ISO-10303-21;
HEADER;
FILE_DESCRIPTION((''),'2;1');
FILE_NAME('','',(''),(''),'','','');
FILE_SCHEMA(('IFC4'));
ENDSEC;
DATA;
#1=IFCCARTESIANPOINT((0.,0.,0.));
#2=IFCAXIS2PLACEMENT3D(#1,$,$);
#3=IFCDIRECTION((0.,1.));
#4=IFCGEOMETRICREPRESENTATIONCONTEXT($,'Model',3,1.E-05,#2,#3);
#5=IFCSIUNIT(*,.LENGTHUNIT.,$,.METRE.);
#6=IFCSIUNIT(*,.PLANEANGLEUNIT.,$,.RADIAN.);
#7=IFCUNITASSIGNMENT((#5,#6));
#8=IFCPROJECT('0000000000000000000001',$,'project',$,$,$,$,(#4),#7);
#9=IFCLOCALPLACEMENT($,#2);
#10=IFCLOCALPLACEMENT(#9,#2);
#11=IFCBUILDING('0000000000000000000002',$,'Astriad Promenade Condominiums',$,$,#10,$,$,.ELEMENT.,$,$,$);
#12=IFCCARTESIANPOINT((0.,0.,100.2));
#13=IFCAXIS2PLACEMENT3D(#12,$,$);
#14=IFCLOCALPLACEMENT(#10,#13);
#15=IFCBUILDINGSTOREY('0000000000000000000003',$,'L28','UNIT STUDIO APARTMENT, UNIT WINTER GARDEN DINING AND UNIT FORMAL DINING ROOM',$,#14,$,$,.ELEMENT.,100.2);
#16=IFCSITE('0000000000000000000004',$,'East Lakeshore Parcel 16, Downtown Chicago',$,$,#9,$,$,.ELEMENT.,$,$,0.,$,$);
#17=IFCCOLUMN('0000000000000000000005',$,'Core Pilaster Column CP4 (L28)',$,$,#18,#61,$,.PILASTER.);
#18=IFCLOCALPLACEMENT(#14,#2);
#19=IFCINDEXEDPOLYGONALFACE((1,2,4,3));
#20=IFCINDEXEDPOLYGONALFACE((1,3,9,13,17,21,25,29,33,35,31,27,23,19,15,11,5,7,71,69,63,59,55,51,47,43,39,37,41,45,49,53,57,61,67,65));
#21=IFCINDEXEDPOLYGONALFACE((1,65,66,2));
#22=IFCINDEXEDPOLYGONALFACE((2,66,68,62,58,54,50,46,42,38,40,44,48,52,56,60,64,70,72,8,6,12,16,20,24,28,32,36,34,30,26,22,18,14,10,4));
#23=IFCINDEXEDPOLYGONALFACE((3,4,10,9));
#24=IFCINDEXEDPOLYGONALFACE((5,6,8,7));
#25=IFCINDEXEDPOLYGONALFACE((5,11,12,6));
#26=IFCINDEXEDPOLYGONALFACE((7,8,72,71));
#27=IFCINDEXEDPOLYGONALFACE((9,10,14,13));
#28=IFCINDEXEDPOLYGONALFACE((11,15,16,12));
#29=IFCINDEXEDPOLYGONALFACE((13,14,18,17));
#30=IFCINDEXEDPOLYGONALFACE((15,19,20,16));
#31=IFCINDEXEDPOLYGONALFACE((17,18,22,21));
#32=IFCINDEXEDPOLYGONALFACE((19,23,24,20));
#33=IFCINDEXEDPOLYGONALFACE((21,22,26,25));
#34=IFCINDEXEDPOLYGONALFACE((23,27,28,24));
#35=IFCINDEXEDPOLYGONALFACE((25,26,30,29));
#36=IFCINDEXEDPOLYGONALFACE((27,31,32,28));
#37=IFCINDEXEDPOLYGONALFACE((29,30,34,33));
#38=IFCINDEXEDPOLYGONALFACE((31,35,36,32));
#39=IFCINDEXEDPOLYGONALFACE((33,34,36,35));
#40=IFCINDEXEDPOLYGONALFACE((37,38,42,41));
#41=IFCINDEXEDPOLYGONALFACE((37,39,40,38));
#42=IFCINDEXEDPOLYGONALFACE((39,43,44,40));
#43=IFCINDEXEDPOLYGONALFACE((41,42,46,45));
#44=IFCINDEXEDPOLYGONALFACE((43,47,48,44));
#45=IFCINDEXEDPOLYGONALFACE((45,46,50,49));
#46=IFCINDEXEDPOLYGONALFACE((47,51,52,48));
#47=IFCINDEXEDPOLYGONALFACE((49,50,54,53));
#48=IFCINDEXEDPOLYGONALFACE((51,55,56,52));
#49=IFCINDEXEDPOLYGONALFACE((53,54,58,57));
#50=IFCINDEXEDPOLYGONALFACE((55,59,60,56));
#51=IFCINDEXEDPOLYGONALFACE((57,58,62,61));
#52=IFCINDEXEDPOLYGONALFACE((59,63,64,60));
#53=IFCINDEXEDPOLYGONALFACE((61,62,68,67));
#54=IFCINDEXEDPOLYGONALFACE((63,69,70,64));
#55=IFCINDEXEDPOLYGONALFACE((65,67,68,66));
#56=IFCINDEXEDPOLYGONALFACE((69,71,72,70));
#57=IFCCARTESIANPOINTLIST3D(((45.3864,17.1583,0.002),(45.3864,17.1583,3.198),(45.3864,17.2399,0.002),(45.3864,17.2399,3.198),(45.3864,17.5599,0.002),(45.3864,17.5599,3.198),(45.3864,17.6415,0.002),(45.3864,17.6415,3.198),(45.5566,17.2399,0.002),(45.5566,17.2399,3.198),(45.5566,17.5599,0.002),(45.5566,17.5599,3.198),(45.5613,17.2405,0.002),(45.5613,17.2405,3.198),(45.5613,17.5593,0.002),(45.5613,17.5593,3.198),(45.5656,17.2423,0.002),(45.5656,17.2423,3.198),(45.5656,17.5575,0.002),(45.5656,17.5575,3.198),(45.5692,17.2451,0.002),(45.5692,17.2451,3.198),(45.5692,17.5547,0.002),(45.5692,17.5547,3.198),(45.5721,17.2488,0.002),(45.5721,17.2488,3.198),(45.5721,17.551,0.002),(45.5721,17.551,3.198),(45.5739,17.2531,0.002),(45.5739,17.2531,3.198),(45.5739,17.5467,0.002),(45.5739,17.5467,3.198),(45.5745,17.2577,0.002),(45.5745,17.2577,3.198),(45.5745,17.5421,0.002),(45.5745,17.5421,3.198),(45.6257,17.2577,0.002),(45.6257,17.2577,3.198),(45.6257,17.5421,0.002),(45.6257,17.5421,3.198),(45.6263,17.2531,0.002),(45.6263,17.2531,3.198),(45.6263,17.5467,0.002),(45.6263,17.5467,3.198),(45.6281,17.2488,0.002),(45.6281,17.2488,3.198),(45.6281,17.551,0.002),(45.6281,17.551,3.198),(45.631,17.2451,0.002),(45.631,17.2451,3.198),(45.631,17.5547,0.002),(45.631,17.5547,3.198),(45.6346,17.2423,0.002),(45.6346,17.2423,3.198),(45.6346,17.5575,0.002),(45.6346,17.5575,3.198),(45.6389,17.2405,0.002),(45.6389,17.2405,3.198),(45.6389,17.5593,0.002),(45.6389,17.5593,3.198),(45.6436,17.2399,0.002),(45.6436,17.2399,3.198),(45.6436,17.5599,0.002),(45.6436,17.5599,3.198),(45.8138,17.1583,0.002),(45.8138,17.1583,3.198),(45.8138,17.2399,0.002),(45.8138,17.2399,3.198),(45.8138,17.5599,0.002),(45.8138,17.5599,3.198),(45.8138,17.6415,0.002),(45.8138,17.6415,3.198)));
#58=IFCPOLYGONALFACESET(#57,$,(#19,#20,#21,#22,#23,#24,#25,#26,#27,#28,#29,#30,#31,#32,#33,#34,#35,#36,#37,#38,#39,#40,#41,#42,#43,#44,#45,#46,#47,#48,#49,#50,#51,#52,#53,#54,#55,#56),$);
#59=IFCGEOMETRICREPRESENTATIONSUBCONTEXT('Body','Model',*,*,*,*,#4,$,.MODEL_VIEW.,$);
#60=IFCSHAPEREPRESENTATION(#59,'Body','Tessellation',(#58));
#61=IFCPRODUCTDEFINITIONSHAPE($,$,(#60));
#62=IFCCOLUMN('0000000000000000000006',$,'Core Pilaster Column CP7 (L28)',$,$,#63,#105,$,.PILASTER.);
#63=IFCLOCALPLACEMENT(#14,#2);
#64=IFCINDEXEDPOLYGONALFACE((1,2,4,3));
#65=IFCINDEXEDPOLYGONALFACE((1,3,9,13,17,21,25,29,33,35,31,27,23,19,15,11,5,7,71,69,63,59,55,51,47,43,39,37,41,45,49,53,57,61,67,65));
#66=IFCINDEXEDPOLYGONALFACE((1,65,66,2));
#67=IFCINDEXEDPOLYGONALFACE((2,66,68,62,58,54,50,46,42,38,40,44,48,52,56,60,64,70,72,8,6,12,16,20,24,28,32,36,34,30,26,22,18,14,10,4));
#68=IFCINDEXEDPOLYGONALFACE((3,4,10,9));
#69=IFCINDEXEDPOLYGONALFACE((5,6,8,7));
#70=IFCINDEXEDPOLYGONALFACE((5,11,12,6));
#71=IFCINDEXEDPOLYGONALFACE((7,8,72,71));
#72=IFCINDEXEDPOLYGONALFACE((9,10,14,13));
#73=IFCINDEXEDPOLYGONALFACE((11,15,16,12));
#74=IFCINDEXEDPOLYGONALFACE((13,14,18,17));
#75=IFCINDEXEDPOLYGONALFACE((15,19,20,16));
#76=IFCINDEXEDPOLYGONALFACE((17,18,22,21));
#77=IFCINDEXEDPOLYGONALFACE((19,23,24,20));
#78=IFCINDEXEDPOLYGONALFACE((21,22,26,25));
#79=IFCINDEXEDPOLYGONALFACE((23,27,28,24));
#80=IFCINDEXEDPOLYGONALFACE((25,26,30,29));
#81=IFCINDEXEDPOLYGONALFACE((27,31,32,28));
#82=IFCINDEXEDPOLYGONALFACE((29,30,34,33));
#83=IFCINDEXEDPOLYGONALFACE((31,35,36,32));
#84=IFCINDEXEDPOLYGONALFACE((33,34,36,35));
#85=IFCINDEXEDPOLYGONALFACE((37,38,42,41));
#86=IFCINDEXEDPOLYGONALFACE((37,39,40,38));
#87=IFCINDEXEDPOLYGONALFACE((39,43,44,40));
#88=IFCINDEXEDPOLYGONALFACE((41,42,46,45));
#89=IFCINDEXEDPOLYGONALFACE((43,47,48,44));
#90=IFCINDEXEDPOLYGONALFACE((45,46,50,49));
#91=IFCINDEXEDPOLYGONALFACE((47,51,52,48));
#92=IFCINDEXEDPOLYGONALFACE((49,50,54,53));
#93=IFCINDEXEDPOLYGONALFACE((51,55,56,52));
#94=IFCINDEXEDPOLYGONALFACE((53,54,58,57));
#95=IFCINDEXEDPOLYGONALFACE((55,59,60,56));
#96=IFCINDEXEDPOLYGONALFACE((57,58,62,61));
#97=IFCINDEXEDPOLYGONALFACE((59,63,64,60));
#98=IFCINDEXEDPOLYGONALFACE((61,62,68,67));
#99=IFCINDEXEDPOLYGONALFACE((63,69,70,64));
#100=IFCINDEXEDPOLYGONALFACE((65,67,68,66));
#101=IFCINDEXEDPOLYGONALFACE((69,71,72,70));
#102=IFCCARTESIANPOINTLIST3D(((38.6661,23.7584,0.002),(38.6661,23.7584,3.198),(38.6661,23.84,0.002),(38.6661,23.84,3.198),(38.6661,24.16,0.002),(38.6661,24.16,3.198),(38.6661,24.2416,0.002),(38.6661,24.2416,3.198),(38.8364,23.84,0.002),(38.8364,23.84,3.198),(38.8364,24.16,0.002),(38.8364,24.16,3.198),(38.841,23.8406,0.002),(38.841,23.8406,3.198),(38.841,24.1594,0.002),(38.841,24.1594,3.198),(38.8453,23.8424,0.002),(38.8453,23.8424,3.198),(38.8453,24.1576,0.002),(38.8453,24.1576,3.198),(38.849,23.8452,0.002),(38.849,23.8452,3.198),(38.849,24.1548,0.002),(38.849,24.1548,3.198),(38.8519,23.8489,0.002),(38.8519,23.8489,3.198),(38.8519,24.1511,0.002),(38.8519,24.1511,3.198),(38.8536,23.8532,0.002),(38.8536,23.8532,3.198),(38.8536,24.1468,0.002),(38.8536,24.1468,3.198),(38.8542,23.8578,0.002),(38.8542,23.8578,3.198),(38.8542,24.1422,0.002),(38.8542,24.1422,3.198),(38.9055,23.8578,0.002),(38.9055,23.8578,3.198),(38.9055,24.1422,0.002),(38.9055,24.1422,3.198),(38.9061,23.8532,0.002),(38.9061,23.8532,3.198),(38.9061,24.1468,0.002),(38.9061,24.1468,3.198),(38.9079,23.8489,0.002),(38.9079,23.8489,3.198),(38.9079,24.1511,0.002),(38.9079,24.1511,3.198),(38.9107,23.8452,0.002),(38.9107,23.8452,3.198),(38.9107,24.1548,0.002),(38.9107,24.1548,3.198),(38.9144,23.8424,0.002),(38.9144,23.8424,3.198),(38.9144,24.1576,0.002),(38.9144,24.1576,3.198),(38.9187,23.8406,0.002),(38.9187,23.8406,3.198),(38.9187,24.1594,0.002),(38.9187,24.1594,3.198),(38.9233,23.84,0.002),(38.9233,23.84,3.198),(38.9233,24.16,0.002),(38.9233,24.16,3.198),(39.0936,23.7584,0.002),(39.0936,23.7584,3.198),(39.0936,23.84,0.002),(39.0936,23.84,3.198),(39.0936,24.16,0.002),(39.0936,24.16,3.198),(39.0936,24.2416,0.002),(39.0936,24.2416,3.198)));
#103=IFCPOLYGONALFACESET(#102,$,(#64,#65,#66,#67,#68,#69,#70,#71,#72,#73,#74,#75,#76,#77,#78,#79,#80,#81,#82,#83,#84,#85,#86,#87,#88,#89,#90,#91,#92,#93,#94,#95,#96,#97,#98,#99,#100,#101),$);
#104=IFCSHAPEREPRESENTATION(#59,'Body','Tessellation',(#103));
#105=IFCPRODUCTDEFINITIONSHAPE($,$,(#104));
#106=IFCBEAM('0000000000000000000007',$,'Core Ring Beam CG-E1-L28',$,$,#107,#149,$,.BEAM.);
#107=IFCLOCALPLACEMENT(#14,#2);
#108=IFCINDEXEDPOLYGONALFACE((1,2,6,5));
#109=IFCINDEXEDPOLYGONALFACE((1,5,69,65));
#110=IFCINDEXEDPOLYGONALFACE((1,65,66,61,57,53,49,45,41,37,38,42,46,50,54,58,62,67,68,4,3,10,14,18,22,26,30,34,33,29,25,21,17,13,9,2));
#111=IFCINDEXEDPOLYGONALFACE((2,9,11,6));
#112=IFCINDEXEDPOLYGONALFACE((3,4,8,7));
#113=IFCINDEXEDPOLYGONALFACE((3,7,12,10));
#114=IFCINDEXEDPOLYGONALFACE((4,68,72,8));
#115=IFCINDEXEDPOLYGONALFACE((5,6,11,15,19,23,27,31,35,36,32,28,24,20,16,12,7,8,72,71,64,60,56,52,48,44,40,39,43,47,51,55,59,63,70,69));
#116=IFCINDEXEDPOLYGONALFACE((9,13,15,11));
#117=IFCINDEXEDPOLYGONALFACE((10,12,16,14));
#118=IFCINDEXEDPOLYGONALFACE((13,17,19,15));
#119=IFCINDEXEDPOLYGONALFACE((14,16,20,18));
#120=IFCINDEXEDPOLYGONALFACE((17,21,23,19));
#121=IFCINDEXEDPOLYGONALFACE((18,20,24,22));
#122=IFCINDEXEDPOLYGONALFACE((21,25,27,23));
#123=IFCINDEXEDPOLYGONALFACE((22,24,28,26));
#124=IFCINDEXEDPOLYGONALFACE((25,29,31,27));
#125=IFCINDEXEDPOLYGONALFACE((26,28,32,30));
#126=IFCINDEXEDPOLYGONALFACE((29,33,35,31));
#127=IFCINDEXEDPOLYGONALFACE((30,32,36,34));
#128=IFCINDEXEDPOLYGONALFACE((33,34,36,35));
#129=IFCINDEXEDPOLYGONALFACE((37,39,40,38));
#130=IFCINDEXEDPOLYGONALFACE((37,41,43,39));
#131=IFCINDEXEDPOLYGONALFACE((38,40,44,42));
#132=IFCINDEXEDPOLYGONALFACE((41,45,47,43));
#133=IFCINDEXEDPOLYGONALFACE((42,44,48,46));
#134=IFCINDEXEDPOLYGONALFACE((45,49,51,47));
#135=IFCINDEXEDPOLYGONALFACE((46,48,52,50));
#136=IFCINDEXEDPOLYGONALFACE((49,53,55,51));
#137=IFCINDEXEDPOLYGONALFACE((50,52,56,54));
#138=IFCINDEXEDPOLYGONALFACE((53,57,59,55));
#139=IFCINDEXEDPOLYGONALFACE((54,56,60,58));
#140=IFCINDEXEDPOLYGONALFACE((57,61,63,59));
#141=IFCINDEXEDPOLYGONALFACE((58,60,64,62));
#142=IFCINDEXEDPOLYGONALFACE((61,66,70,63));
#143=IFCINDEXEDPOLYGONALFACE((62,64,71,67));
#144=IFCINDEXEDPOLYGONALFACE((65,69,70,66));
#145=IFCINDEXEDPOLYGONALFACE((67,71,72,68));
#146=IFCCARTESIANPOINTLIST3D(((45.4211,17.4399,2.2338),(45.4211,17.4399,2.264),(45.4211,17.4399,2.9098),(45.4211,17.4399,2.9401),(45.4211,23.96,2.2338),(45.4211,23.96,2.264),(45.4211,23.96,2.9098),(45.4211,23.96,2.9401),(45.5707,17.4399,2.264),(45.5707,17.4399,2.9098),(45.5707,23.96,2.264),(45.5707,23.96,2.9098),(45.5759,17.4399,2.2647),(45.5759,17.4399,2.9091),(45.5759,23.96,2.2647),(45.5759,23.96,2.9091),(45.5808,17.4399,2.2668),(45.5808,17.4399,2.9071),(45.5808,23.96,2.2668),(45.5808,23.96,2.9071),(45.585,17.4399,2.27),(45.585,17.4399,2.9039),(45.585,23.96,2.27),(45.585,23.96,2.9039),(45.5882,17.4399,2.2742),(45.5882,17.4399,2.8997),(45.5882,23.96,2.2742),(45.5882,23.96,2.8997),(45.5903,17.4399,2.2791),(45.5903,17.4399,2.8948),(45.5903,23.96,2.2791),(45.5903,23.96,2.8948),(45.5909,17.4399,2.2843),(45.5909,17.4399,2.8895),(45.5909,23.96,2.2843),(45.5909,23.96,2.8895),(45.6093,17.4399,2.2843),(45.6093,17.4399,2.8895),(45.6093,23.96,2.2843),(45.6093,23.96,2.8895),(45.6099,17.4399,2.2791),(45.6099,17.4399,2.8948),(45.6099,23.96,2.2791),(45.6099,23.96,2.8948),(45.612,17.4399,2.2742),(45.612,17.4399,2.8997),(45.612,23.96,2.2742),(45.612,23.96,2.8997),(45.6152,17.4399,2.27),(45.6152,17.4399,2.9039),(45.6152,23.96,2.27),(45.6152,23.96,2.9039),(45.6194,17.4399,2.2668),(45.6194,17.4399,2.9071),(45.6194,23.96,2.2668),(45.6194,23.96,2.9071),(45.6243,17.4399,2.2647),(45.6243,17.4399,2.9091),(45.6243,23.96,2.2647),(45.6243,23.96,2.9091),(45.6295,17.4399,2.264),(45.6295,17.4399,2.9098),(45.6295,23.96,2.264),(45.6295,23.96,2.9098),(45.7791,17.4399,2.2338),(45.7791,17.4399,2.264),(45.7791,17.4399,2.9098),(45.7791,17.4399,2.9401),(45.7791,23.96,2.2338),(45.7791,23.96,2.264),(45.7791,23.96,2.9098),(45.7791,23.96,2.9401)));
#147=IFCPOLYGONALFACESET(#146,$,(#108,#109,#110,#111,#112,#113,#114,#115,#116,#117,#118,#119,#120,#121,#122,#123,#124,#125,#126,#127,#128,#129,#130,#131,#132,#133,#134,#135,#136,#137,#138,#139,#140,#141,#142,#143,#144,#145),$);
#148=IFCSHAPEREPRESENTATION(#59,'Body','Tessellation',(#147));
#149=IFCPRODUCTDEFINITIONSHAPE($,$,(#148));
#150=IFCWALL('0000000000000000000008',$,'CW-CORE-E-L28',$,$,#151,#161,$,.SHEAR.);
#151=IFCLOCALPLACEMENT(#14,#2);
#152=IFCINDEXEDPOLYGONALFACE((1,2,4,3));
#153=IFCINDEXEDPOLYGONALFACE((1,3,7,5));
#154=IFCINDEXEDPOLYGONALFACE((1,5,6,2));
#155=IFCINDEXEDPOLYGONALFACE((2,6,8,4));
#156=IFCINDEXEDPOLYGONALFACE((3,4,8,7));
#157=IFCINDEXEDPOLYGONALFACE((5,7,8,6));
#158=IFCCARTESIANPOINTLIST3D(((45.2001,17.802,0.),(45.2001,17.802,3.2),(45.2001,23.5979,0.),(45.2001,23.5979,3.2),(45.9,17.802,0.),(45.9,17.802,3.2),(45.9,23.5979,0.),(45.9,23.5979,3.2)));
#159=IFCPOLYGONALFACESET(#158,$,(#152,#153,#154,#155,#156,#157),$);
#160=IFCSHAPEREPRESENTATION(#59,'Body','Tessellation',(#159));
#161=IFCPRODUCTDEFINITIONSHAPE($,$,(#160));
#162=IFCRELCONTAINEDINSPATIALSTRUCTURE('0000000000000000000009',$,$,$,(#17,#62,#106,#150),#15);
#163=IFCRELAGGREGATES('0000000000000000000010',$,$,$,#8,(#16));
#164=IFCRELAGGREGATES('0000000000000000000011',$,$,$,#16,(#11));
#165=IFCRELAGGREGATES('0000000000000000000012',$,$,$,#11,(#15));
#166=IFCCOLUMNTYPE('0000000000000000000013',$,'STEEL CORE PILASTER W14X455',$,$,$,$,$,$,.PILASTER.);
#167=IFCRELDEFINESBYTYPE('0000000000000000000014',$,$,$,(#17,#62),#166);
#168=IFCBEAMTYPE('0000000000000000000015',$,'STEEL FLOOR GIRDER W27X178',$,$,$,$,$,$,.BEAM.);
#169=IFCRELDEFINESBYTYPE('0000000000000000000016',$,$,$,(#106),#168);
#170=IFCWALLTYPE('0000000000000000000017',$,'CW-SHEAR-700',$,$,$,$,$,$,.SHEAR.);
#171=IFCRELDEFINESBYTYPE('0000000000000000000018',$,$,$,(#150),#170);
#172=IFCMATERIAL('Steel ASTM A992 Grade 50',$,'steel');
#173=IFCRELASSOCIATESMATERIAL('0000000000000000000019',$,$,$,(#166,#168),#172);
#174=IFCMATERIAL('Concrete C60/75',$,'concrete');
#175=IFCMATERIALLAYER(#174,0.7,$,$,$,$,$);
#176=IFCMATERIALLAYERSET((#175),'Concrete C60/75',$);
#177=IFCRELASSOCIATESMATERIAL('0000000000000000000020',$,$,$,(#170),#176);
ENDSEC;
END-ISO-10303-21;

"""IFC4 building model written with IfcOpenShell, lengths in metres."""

from ifc_helpers import new_model, si_unit, direction, frame, frame_2d, origin, origin_2d, place, context, subcontext, project, spatial, rectangle, i_section, extrude, source, transform, mapped, material, layer, layer_set, material_profile, profile_set, type_object, type_shapes, element, save


model = new_model("IFC4")

# Units and contexts
model_context = context("Model", 3, precision=1e-05, world=origin(), true_north=direction((0.0, 1.0)))
body_context = subcontext(model_context, "Body", "Model", "MODEL_VIEW")
ifc_project = project(units=[si_unit("LENGTHUNIT", "METRE"), si_unit("PLANEANGLEUNIT", "RADIAN")], contexts=[model_context])

# Site, building, storey
site_placement = place(None, origin())
site = spatial("IfcSite", under=ifc_project, at=site_placement, Name="East Lakeshore Parcel 16, Downtown Chicago", CompositionType="ELEMENT", RefElevation=0.0)
building_placement = place(site_placement, origin())
building = spatial("IfcBuilding", under=site, at=building_placement, Name="Astriad Promenade Condominiums", CompositionType="ELEMENT")
storey_placement = place(building_placement, frame((0.0, 0.0, 100.2)))
storey = spatial("IfcBuildingStorey", under=building, at=storey_placement, Name="L28", Description="UNIT STUDIO APARTMENT, UNIT WINTER GARDEN DINING AND UNIT FORMAL DINING ROOM", CompositionType="ELEMENT", Elevation=100.2)

# Columns
ifc_material_1 = material(Name="Steel ASTM A992 Grade 50", Category="steel")
ifc_material_profile_1 = material_profile(ifc_material_1, i_section(OverallWidth=0.4275, OverallDepth=0.4832, WebThickness=0.0513, FlangeThickness=0.0815, FilletRadius=0.0178, at=origin_2d()), Name="W14X455")
ifc_profile_set_1 = profile_set([ifc_material_profile_1], Name="Steel ASTM A992 Grade 50")
column_type = type_object("IfcColumnType", Name="STEEL CORE PILASTER W14X455", PredefinedType="PILASTER", material=ifc_profile_set_1)
shared_shape_1 = source(origin(), body_context, "Body", "SweptSolid", [
    extrude(i_section(OverallWidth=0.4275, OverallDepth=0.4832, WebThickness=0.0513, FlangeThickness=0.0815, FilletRadius=0.0178, at=origin_2d()), origin(), (0.0, 0.0, 1.0), 3.196),
])
type_shapes(column_type, [shared_shape_1])
for number, where, z_axis, x_axis, name in (
    (1, (45.6001, 17.3999, 0.002), (0.0, 0.0, 1.0), (1.0, 0.0, 0.0), "Core Pilaster Column CP4 (L28)"),
    (2, (38.8799, 24.0, 0.002), (0.0, 0.0, 1.0), (1.0, 0.0, 0.0), "Core Pilaster Column CP7 (L28)"),
):
    element("IfcColumn", number, at=place(storey_placement, frame(where, z_axis=z_axis, x_axis=x_axis)), inside=storey, type_object=column_type, Name=name, PredefinedType="PILASTER", context=body_context, shape_type="MappedRepresentation", body=[
        mapped(shared_shape_1, transform((0.0, 0.0, 0.0), scale=1.0)),
    ])

# Beam
ifc_material_profile_2 = material_profile(ifc_material_1, i_section(OverallWidth=0.3579, OverallDepth=0.7063, WebThickness=0.0183, FlangeThickness=0.0303, FilletRadius=0.0203, at=origin_2d()), Name="W27X178")
ifc_profile_set_2 = profile_set([ifc_material_profile_2], Name="Steel ASTM A992 Grade 50")
beam_type = type_object("IfcBeamType", Name="STEEL FLOOR GIRDER W27X178", PredefinedType="BEAM", material=ifc_profile_set_2)
shared_shape_2 = source(origin(), body_context, "Body", "SweptSolid", [
    extrude(i_section(OverallWidth=0.3579, OverallDepth=0.7063, WebThickness=0.0183, FlangeThickness=0.0303, FilletRadius=0.0203, at=origin_2d()), origin(), (0.0, 0.0, 1.0), 6.52),
])
type_shapes(beam_type, [shared_shape_2])
beam_placement = place(storey_placement, frame((45.6001, 17.4399, 2.5869), z_axis=(0.0, 1.0, 0.0), x_axis=(-1.0, 0.0, 0.0)))
element("IfcBeam", 3, at=beam_placement, inside=storey, type_object=beam_type, Name="Core Ring Beam CG-E1-L28", PredefinedType="BEAM", context=body_context, shape_type="MappedRepresentation", body=[
    mapped(shared_shape_2, transform((0.0, 0.0, 0.0), scale=1.0)),
])

# Wall
ifc_material_2 = material(Name="Concrete C60/75", Category="concrete")
ifc_layer_1 = layer(ifc_material_2, 0.7)
ifc_layer_set_1 = layer_set([ifc_layer_1], Name="Concrete C60/75")
wall_type_1 = type_object("IfcWallType", Name="CW-SHEAR-700", PredefinedType="SHEAR", material=ifc_layer_set_1)
wall_1_placement = place(storey_placement, frame((45.55, 17.802, 0.0), z_axis=(0.0, 0.0, 1.0), x_axis=(0.0, 1.0, 0.0)))
element("IfcWall", 4, at=wall_1_placement, inside=storey, type_object=wall_type_1, Name="CW-CORE-E-L28", PredefinedType="SHEAR", context=body_context, shape_type="SweptSolid", body=[
    extrude(rectangle(XDim=5.7959, YDim=0.7, at=frame_2d((2.8979, 0.0))), origin(), (0.0, 0.0, 1.0), 3.2),
])

save(model, "model.ifc")
